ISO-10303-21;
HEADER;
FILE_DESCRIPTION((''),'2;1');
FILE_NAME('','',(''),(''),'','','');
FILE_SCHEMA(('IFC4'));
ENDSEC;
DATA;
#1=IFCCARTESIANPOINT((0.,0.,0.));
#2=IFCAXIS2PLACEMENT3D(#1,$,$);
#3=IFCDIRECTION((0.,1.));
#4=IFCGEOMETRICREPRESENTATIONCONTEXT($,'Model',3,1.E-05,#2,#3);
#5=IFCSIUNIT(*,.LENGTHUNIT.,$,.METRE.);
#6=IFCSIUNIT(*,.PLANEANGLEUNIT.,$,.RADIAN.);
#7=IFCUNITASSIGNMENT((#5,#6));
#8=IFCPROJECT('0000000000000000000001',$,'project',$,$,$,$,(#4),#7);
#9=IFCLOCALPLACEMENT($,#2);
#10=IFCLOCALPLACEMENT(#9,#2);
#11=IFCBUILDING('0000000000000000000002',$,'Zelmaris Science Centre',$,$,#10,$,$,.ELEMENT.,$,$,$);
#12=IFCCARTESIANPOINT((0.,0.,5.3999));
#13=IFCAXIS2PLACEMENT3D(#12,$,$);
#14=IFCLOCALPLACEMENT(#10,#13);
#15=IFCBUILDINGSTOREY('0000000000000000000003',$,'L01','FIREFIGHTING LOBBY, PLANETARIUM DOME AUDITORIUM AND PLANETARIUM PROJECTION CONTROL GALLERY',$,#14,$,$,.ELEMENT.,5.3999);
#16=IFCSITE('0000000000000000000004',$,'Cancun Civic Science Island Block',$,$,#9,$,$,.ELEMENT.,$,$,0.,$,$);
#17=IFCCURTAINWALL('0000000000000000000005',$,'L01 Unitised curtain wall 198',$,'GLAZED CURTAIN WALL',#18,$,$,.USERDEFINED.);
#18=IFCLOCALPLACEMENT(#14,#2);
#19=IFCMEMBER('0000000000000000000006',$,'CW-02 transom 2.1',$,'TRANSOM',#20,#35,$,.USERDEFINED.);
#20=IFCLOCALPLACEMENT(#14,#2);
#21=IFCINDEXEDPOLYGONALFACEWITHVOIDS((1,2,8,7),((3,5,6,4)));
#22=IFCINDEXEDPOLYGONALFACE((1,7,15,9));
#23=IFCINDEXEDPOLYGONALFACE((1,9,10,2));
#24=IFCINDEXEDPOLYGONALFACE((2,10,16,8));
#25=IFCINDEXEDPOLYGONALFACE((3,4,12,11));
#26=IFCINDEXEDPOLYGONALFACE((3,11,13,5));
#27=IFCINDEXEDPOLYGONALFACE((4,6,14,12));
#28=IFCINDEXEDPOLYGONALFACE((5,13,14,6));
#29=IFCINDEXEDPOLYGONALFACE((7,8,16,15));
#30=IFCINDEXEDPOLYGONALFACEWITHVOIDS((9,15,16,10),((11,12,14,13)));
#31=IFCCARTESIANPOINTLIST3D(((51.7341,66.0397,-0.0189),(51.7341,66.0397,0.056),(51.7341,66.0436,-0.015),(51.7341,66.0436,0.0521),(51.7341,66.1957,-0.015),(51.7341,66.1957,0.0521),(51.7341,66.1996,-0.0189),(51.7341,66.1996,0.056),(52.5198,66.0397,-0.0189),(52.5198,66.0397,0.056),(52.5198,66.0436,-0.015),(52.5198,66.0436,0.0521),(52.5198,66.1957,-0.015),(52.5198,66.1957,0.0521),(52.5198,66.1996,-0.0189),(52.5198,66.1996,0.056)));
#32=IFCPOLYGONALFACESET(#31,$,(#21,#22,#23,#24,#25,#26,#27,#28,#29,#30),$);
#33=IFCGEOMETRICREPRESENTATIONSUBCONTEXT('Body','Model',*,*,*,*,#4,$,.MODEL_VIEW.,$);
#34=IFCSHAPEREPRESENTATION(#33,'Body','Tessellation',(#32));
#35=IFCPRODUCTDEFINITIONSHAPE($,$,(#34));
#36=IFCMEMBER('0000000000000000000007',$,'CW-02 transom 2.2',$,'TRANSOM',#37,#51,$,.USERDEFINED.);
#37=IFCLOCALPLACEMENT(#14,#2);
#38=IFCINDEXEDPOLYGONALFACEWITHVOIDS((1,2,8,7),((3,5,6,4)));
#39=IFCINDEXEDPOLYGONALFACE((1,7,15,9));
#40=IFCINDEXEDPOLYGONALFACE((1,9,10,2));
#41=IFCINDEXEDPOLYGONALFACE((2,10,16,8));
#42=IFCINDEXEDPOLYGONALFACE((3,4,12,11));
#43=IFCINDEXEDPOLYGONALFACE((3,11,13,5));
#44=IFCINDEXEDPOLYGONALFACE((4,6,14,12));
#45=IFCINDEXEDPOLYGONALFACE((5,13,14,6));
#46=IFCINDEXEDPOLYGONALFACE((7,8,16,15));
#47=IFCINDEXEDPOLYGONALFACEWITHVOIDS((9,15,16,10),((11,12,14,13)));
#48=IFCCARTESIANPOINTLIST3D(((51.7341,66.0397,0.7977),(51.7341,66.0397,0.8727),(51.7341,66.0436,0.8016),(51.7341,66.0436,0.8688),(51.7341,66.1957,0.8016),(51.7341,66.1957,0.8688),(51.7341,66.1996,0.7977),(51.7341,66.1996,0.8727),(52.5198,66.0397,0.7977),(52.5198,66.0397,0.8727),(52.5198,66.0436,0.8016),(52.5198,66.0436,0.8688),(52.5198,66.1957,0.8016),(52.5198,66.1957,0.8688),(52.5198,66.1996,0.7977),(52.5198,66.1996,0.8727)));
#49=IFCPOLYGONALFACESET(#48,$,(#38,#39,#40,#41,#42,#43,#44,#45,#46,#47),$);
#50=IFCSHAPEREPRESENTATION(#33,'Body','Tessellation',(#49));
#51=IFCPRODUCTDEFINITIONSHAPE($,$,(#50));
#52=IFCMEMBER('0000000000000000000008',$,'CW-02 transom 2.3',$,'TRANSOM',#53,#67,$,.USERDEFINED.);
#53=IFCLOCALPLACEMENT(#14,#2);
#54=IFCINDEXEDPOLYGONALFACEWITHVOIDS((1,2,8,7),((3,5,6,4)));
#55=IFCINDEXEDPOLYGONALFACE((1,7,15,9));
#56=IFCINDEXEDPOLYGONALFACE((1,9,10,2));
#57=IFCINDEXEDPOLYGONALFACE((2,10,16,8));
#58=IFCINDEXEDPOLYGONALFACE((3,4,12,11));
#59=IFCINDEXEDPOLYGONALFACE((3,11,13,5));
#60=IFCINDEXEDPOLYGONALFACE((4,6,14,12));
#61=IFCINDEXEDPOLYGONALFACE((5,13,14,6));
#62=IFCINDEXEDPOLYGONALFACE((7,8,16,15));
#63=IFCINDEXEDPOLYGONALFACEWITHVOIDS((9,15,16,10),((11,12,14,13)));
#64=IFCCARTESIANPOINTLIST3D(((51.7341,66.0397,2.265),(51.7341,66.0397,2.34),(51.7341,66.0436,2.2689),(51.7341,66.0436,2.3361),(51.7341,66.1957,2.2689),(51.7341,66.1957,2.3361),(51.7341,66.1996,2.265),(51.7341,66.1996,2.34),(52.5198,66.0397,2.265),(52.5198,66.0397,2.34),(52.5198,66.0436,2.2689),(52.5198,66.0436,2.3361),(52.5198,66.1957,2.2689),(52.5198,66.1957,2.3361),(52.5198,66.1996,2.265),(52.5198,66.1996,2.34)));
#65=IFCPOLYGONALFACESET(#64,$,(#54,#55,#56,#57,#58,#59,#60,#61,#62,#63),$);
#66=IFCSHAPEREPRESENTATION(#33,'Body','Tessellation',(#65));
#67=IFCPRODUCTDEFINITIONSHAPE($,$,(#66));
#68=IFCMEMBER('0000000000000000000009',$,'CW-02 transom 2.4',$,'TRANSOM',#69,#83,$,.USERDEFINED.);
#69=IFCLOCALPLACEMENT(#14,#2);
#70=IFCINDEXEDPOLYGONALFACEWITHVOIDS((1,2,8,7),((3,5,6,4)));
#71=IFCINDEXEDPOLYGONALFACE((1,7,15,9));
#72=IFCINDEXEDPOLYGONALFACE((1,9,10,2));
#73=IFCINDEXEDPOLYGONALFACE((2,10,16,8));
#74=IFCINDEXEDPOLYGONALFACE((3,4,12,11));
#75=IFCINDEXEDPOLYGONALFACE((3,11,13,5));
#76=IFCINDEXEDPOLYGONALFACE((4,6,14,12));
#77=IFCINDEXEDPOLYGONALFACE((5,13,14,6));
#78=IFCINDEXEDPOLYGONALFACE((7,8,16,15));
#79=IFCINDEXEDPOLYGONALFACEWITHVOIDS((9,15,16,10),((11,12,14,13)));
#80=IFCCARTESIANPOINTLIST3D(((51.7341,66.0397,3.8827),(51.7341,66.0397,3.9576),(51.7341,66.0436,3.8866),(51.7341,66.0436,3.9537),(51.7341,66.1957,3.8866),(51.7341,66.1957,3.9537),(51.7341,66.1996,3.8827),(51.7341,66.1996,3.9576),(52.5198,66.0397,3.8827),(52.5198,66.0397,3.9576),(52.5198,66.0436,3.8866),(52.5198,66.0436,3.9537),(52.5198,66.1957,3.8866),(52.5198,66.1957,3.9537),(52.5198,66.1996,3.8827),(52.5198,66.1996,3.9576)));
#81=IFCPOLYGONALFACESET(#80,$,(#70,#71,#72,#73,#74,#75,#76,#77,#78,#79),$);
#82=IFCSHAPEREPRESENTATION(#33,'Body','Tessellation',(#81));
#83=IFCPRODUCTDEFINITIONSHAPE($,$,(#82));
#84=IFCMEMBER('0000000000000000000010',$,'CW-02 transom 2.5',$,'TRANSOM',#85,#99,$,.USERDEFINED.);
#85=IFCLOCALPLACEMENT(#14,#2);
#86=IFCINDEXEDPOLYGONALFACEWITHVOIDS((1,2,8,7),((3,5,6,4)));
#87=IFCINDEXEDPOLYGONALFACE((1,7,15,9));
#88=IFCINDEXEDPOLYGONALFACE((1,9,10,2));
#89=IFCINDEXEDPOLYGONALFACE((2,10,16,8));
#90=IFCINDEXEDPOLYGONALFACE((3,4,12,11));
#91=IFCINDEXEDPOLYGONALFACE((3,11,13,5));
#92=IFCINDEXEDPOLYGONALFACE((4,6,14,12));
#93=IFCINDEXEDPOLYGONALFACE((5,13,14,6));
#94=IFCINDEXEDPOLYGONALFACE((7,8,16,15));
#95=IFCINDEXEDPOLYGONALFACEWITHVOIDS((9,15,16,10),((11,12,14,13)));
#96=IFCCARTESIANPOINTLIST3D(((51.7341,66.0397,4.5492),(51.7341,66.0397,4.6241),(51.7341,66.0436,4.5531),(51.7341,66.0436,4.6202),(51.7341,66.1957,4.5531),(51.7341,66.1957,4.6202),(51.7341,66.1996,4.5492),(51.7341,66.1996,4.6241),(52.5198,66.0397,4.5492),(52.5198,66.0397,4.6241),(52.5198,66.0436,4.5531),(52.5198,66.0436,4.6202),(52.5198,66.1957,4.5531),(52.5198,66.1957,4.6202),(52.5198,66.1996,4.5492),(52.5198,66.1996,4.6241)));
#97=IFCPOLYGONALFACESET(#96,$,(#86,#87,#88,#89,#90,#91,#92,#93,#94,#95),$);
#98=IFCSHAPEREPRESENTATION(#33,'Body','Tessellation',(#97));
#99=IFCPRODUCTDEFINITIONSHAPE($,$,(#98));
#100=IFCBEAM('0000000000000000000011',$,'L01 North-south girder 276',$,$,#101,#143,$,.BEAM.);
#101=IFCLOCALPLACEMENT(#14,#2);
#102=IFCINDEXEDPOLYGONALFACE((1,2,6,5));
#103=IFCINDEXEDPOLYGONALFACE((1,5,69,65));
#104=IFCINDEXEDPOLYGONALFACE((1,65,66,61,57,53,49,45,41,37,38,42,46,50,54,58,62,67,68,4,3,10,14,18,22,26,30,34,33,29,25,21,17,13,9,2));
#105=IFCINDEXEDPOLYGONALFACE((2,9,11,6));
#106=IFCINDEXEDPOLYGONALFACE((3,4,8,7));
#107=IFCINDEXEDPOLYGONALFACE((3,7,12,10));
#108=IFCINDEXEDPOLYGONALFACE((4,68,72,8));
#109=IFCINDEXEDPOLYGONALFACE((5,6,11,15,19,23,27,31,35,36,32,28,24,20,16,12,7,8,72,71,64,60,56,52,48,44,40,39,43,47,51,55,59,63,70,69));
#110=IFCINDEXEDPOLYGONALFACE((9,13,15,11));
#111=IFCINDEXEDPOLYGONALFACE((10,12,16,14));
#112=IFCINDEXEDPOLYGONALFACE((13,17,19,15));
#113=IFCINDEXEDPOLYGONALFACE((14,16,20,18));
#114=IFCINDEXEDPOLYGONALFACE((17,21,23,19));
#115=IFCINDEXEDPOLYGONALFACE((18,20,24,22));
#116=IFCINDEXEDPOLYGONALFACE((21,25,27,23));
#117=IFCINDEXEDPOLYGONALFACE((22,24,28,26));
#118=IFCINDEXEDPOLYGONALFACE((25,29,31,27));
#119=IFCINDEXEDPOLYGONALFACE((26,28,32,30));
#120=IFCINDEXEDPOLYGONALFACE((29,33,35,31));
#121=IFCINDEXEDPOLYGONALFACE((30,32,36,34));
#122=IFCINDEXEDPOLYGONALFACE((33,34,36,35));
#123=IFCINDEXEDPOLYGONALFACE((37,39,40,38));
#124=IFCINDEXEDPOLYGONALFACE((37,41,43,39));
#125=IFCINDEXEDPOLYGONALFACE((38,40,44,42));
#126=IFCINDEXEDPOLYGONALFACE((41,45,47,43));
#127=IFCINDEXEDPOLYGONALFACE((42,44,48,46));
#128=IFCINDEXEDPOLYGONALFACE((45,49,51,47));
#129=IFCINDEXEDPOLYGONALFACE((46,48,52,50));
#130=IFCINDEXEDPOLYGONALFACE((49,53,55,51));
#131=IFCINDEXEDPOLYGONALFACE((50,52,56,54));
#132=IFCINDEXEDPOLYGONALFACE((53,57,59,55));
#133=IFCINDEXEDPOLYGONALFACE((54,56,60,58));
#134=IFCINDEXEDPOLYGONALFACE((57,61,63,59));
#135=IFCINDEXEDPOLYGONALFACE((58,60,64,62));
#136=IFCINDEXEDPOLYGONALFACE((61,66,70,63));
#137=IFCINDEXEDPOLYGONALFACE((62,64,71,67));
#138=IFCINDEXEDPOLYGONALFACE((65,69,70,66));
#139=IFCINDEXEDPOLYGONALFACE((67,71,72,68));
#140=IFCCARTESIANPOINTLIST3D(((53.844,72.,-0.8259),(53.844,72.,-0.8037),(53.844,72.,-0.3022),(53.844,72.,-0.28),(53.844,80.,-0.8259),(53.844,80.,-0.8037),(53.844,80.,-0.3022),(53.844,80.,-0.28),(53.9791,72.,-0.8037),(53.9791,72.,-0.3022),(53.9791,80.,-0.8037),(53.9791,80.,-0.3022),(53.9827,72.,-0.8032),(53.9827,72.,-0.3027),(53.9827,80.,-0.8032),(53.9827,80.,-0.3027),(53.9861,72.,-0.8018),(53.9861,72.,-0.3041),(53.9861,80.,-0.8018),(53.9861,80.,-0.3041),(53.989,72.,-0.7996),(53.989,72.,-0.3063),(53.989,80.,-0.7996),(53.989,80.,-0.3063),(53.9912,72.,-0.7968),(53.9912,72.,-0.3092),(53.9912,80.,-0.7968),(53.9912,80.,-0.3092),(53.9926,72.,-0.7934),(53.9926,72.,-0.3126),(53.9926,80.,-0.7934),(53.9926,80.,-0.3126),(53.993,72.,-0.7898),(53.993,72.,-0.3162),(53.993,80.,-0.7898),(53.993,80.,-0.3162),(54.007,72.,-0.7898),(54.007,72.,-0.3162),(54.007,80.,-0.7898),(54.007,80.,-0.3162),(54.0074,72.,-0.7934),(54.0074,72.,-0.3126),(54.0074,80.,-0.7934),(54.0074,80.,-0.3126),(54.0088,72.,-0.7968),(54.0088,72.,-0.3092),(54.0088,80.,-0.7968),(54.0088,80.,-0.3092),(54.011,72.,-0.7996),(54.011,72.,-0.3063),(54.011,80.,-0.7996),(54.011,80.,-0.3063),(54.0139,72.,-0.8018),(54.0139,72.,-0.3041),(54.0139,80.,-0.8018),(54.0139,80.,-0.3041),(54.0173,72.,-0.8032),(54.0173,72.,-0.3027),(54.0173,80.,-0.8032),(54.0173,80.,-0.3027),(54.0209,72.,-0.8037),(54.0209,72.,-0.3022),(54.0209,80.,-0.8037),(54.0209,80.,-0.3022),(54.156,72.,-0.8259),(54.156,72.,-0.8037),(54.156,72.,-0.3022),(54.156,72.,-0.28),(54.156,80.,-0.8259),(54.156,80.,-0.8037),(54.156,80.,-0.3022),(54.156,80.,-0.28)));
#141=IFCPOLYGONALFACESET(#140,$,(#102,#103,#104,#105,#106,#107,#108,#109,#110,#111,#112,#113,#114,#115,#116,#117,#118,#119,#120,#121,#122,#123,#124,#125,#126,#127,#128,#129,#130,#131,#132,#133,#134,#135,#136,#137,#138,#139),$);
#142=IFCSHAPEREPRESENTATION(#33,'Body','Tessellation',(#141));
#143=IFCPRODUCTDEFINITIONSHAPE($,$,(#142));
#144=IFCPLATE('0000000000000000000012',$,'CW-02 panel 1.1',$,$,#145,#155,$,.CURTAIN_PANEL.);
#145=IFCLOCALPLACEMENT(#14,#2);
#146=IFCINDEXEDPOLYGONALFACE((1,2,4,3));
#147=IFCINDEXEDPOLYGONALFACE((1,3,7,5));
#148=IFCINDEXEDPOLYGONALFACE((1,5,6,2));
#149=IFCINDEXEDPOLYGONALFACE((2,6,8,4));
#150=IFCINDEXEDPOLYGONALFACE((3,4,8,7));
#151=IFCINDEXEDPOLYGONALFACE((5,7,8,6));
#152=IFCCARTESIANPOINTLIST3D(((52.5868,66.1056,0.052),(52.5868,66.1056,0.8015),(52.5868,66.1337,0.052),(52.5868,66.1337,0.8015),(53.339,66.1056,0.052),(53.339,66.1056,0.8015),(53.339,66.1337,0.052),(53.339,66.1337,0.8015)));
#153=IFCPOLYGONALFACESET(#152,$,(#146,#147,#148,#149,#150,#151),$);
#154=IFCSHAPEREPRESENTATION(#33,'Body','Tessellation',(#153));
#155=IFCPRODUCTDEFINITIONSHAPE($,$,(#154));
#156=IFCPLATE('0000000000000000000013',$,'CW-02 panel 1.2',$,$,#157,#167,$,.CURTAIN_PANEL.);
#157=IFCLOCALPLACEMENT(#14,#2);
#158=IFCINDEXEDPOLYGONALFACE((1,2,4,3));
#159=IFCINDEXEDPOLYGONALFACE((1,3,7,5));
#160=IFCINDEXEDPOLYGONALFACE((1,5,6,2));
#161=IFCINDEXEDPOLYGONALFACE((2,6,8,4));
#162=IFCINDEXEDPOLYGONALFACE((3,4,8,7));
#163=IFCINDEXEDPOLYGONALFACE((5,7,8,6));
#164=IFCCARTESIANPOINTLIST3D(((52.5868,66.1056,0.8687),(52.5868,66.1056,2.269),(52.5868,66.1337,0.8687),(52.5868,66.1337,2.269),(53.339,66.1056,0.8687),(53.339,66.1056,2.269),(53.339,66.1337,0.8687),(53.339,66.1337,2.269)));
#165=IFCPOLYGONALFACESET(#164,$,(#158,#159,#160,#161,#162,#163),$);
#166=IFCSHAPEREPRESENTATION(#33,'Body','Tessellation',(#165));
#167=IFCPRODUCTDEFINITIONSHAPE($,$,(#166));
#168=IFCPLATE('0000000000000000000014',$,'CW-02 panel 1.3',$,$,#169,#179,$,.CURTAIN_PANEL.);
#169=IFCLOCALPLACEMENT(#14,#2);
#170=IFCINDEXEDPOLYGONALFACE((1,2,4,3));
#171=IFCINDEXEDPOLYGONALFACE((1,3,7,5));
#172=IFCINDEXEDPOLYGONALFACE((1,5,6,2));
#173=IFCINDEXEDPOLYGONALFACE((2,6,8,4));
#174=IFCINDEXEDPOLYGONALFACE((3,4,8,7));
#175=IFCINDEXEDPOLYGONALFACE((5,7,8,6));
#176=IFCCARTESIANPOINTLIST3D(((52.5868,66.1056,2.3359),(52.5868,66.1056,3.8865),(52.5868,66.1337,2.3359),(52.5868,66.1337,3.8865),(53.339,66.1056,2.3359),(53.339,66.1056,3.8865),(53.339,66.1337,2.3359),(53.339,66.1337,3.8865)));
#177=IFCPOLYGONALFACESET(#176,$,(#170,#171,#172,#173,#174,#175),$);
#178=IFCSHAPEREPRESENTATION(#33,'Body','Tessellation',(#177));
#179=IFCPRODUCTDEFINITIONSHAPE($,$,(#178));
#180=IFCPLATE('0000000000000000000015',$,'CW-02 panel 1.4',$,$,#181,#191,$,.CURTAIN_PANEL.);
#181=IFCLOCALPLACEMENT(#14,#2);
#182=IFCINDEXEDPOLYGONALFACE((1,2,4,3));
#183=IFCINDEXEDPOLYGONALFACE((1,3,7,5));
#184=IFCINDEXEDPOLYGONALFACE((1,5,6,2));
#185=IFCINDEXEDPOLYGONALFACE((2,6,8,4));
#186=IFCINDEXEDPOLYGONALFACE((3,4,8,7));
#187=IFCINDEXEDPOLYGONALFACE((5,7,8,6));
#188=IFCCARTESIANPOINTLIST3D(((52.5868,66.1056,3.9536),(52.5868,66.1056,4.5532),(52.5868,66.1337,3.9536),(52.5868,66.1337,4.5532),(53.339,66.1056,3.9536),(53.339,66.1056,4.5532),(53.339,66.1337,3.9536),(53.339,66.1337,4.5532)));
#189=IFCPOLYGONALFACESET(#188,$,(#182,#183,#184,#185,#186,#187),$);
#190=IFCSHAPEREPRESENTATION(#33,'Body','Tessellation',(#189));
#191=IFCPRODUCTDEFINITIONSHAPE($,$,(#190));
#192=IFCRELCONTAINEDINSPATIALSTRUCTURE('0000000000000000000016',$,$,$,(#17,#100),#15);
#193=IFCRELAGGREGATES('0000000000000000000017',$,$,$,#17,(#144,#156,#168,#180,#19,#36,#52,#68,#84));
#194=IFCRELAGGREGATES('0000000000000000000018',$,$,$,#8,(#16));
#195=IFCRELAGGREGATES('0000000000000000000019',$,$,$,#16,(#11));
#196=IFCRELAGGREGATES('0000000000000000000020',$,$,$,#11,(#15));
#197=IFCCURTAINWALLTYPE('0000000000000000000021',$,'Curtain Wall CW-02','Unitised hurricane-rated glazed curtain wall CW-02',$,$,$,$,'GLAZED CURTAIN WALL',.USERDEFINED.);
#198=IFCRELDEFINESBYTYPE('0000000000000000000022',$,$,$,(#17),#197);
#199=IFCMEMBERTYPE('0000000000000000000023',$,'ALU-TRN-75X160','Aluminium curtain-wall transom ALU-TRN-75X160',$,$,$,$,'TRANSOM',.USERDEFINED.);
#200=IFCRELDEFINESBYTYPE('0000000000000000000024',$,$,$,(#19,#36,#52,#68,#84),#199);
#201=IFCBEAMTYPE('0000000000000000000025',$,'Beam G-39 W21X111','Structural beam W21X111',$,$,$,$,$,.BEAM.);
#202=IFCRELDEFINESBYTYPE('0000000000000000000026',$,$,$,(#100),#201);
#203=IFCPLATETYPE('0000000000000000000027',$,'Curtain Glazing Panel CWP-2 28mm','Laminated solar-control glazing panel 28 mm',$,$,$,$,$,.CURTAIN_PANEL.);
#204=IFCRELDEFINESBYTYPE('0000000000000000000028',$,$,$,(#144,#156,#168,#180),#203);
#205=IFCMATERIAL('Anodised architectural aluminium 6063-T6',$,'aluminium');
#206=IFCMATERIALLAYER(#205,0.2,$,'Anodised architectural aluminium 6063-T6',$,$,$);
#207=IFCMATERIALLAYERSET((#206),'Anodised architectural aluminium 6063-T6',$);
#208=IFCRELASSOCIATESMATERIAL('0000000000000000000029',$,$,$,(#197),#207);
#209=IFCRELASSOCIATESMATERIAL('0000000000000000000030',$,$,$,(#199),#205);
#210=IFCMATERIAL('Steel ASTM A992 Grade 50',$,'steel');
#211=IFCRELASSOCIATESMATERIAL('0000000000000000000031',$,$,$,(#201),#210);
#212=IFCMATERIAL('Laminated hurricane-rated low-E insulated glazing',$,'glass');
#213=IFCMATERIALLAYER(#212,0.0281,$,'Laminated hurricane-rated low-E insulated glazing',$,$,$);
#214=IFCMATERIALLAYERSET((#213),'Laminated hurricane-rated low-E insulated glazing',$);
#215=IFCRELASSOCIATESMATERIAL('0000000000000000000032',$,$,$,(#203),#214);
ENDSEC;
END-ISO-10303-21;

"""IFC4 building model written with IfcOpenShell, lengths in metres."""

from ifc_helpers import new_model, si_unit, direction, frame, origin, origin_2d, place, context, subcontext, project, spatial, rectangle, hollow_rectangle, i_section, extrude, material, layer, layer_set, material_profile, profile_set, type_object, element, aggregate, save


model = new_model("IFC4")

# Units and contexts
model_context = context("Model", 3, precision=1e-05, world=origin(), true_north=direction((0.0, 1.0)))
body_context = subcontext(model_context, "Body", "Model", "MODEL_VIEW")
ifc_project = project(units=[si_unit("LENGTHUNIT", "METRE"), si_unit("PLANEANGLEUNIT", "RADIAN")], contexts=[model_context])

# Site, building, storey
site_placement = place(None, origin())
site = spatial("IfcSite", under=ifc_project, at=site_placement, Name="Cancun Civic Science Island Block", CompositionType="ELEMENT", RefElevation=0.0)
building_placement = place(site_placement, origin())
building = spatial("IfcBuilding", under=site, at=building_placement, Name="Zelmaris Science Centre", CompositionType="ELEMENT")
storey_placement = place(building_placement, frame((0.0, 0.0, 5.3999)))
storey = spatial("IfcBuildingStorey", under=building, at=storey_placement, Name="L01", Description="FIREFIGHTING LOBBY, PLANETARIUM DOME AUDITORIUM AND PLANETARIUM PROJECTION CONTROL GALLERY", CompositionType="ELEMENT", Elevation=5.3999)

# Shared definitions
ifc_material_1 = material(Name="Steel ASTM A992 Grade 50", Category="steel")

# Curtain wall, members
ifc_material_2 = material(Name="Anodised architectural aluminium 6063-T6", Category="aluminium")
ifc_layer_1 = layer(ifc_material_2, 0.2, Name="Anodised architectural aluminium 6063-T6")
ifc_layer_set_1 = layer_set([ifc_layer_1], Name="Anodised architectural aluminium 6063-T6")
curtain_wall_type = type_object("IfcCurtainWallType", Name="Curtain Wall CW-02", Description="Unitised hurricane-rated glazed curtain wall CW-02", ElementType="GLAZED CURTAIN WALL", PredefinedType="USERDEFINED", material=ifc_layer_set_1)
curtain_wall_placement = place(storey_placement, origin())
curtain_wall = element("IfcCurtainWall", 1, at=curtain_wall_placement, inside=storey, type_object=curtain_wall_type, Name="L01 Unitised curtain wall 198", ObjectType="GLAZED CURTAIN WALL", PredefinedType="USERDEFINED")
ifc_material_profile_1 = material_profile(ifc_material_2, hollow_rectangle(XDim=0.075, YDim=0.1599, WallThickness=0.0039, at=origin_2d()), Name="ALU-TRN-75X160")
ifc_profile_set_1 = profile_set([ifc_material_profile_1], Name="Anodised architectural aluminium 6063-T6")
member_type_1 = type_object("IfcMemberType", Name="ALU-TRN-75X160", Description="Aluminium curtain-wall transom ALU-TRN-75X160", ElementType="TRANSOM", PredefinedType="USERDEFINED", material=ifc_profile_set_1)
member_1_placement = place(storey_placement, frame((52.5198, 66.1196, 0.0186), z_axis=(-1.0, 0.0, 0.0), x_axis=(0.0, 0.0, 1.0)))
member_1 = element("IfcMember", 2, at=member_1_placement, type_object=member_type_1, Name="CW-02 transom 2.1", ObjectType="TRANSOM", PredefinedType="USERDEFINED", context=body_context, shape_type="SweptSolid", body=[
    extrude(hollow_rectangle(XDim=0.075, YDim=0.1599, WallThickness=0.0039, at=origin_2d()), origin(), (0.0, 0.0, 1.0), 0.7856),
])
member_2_placement = place(storey_placement, frame((52.5198, 66.1196, 0.8352), z_axis=(-1.0, 0.0, 0.0), x_axis=(0.0, 0.0, 1.0)))
member_2 = element("IfcMember", 3, at=member_2_placement, type_object=member_type_1, Name="CW-02 transom 2.2", ObjectType="TRANSOM", PredefinedType="USERDEFINED", context=body_context, shape_type="SweptSolid", body=[
    extrude(hollow_rectangle(XDim=0.075, YDim=0.1599, WallThickness=0.0039, at=origin_2d()), origin(), (0.0, 0.0, 1.0), 0.7856),
])
member_3_placement = place(storey_placement, frame((52.5198, 66.1196, 2.3025), z_axis=(-1.0, 0.0, 0.0), x_axis=(0.0, 0.0, 1.0)))
member_3 = element("IfcMember", 4, at=member_3_placement, type_object=member_type_1, Name="CW-02 transom 2.3", ObjectType="TRANSOM", PredefinedType="USERDEFINED", context=body_context, shape_type="SweptSolid", body=[
    extrude(hollow_rectangle(XDim=0.075, YDim=0.1599, WallThickness=0.0039, at=origin_2d()), origin(), (0.0, 0.0, 1.0), 0.7856),
])
member_4_placement = place(storey_placement, frame((52.5198, 66.1196, 3.9202), z_axis=(-1.0, 0.0, 0.0), x_axis=(0.0, 0.0, 1.0)))
member_4 = element("IfcMember", 5, at=member_4_placement, type_object=member_type_1, Name="CW-02 transom 2.4", ObjectType="TRANSOM", PredefinedType="USERDEFINED", context=body_context, shape_type="SweptSolid", body=[
    extrude(hollow_rectangle(XDim=0.075, YDim=0.1599, WallThickness=0.0039, at=origin_2d()), origin(), (0.0, 0.0, 1.0), 0.7856),
])
member_5_placement = place(storey_placement, frame((52.5198, 66.1196, 4.5867), z_axis=(-1.0, 0.0, 0.0), x_axis=(0.0, 0.0, 1.0)))
member_5 = element("IfcMember", 6, at=member_5_placement, type_object=member_type_1, Name="CW-02 transom 2.5", ObjectType="TRANSOM", PredefinedType="USERDEFINED", context=body_context, shape_type="SweptSolid", body=[
    extrude(hollow_rectangle(XDim=0.075, YDim=0.1599, WallThickness=0.0039, at=origin_2d()), origin(), (0.0, 0.0, 1.0), 0.7856),
])

# Beam
ifc_material_profile_2 = material_profile(ifc_material_1, i_section(OverallWidth=0.312, OverallDepth=0.5459, WebThickness=0.0139, FlangeThickness=0.0222, FilletRadius=0.0139, at=origin_2d()), Name="W21X111")
ifc_profile_set_2 = profile_set([ifc_material_profile_2], Name="Steel ASTM A992 Grade 50")
beam_type = type_object("IfcBeamType", Name="Beam G-39 W21X111", Description="Structural beam W21X111", PredefinedType="BEAM", material=ifc_profile_set_2)
beam_placement = place(storey_placement, frame((54.0, 72.0, -0.553), z_axis=(0.0, 1.0, 0.0), x_axis=(-1.0, 0.0, 0.0)))
element("IfcBeam", 7, at=beam_placement, inside=storey, type_object=beam_type, Name="L01 North-south girder 276", PredefinedType="BEAM", context=body_context, shape_type="SweptSolid", body=[
    extrude(i_section(OverallWidth=0.312, OverallDepth=0.5459, WebThickness=0.0139, FlangeThickness=0.0222, FilletRadius=0.0139, at=origin_2d()), origin(), (0.0, 0.0, 1.0), 8.0),
])

# Plates
ifc_material_3 = material(Name="Laminated hurricane-rated low-E insulated glazing", Category="glass")
ifc_layer_2 = layer(ifc_material_3, 0.0281, Name="Laminated hurricane-rated low-E insulated glazing")
ifc_layer_set_2 = layer_set([ifc_layer_2], Name="Laminated hurricane-rated low-E insulated glazing")
plate_type = type_object("IfcPlateType", Name="Curtain Glazing Panel CWP-2 28mm", Description="Laminated solar-control glazing panel 28 mm", PredefinedType="CURTAIN_PANEL", material=ifc_layer_set_2)
plate_1_placement = place(storey_placement, frame((52.9629, 66.1196, 0.052), z_axis=(0.0, 0.0, 1.0), x_axis=(-1.0, 0.0, 0.0)))
plate_1 = element("IfcPlate", 8, at=plate_1_placement, type_object=plate_type, Name="CW-02 panel 1.1", PredefinedType="CURTAIN_PANEL", context=body_context, shape_type="SweptSolid", body=[
    extrude(rectangle(XDim=0.7522, YDim=0.0281, at=origin_2d()), origin(), (0.0, 0.0, 1.0), 0.7495),
])
plate_2_placement = place(storey_placement, frame((52.9629, 66.1196, 0.8687), z_axis=(0.0, 0.0, 1.0), x_axis=(-1.0, 0.0, 0.0)))
plate_2 = element("IfcPlate", 9, at=plate_2_placement, type_object=plate_type, Name="CW-02 panel 1.2", PredefinedType="CURTAIN_PANEL", context=body_context, shape_type="SweptSolid", body=[
    extrude(rectangle(XDim=0.7522, YDim=0.0281, at=origin_2d()), origin(), (0.0, 0.0, 1.0), 1.4004),
])
plate_3_placement = place(storey_placement, frame((52.9629, 66.1196, 2.3359), z_axis=(0.0, 0.0, 1.0), x_axis=(-1.0, 0.0, 0.0)))
plate_3 = element("IfcPlate", 10, at=plate_3_placement, type_object=plate_type, Name="CW-02 panel 1.3", PredefinedType="CURTAIN_PANEL", context=body_context, shape_type="SweptSolid", body=[
    extrude(rectangle(XDim=0.7522, YDim=0.0281, at=origin_2d()), origin(), (0.0, 0.0, 1.0), 1.5505),
])
plate_4_placement = place(storey_placement, frame((52.9629, 66.1196, 3.9536), z_axis=(0.0, 0.0, 1.0), x_axis=(-1.0, 0.0, 0.0)))
plate_4 = element("IfcPlate", 11, at=plate_4_placement, type_object=plate_type, Name="CW-02 panel 1.4", PredefinedType="CURTAIN_PANEL", context=body_context, shape_type="SweptSolid", body=[
    extrude(rectangle(XDim=0.7522, YDim=0.0281, at=origin_2d()), origin(), (0.0, 0.0, 1.0), 0.5996),
])
aggregate(curtain_wall, [plate_1, plate_2, plate_3, plate_4, member_1, member_2, member_3, member_4, member_5])

save(model, "model.ifc")
